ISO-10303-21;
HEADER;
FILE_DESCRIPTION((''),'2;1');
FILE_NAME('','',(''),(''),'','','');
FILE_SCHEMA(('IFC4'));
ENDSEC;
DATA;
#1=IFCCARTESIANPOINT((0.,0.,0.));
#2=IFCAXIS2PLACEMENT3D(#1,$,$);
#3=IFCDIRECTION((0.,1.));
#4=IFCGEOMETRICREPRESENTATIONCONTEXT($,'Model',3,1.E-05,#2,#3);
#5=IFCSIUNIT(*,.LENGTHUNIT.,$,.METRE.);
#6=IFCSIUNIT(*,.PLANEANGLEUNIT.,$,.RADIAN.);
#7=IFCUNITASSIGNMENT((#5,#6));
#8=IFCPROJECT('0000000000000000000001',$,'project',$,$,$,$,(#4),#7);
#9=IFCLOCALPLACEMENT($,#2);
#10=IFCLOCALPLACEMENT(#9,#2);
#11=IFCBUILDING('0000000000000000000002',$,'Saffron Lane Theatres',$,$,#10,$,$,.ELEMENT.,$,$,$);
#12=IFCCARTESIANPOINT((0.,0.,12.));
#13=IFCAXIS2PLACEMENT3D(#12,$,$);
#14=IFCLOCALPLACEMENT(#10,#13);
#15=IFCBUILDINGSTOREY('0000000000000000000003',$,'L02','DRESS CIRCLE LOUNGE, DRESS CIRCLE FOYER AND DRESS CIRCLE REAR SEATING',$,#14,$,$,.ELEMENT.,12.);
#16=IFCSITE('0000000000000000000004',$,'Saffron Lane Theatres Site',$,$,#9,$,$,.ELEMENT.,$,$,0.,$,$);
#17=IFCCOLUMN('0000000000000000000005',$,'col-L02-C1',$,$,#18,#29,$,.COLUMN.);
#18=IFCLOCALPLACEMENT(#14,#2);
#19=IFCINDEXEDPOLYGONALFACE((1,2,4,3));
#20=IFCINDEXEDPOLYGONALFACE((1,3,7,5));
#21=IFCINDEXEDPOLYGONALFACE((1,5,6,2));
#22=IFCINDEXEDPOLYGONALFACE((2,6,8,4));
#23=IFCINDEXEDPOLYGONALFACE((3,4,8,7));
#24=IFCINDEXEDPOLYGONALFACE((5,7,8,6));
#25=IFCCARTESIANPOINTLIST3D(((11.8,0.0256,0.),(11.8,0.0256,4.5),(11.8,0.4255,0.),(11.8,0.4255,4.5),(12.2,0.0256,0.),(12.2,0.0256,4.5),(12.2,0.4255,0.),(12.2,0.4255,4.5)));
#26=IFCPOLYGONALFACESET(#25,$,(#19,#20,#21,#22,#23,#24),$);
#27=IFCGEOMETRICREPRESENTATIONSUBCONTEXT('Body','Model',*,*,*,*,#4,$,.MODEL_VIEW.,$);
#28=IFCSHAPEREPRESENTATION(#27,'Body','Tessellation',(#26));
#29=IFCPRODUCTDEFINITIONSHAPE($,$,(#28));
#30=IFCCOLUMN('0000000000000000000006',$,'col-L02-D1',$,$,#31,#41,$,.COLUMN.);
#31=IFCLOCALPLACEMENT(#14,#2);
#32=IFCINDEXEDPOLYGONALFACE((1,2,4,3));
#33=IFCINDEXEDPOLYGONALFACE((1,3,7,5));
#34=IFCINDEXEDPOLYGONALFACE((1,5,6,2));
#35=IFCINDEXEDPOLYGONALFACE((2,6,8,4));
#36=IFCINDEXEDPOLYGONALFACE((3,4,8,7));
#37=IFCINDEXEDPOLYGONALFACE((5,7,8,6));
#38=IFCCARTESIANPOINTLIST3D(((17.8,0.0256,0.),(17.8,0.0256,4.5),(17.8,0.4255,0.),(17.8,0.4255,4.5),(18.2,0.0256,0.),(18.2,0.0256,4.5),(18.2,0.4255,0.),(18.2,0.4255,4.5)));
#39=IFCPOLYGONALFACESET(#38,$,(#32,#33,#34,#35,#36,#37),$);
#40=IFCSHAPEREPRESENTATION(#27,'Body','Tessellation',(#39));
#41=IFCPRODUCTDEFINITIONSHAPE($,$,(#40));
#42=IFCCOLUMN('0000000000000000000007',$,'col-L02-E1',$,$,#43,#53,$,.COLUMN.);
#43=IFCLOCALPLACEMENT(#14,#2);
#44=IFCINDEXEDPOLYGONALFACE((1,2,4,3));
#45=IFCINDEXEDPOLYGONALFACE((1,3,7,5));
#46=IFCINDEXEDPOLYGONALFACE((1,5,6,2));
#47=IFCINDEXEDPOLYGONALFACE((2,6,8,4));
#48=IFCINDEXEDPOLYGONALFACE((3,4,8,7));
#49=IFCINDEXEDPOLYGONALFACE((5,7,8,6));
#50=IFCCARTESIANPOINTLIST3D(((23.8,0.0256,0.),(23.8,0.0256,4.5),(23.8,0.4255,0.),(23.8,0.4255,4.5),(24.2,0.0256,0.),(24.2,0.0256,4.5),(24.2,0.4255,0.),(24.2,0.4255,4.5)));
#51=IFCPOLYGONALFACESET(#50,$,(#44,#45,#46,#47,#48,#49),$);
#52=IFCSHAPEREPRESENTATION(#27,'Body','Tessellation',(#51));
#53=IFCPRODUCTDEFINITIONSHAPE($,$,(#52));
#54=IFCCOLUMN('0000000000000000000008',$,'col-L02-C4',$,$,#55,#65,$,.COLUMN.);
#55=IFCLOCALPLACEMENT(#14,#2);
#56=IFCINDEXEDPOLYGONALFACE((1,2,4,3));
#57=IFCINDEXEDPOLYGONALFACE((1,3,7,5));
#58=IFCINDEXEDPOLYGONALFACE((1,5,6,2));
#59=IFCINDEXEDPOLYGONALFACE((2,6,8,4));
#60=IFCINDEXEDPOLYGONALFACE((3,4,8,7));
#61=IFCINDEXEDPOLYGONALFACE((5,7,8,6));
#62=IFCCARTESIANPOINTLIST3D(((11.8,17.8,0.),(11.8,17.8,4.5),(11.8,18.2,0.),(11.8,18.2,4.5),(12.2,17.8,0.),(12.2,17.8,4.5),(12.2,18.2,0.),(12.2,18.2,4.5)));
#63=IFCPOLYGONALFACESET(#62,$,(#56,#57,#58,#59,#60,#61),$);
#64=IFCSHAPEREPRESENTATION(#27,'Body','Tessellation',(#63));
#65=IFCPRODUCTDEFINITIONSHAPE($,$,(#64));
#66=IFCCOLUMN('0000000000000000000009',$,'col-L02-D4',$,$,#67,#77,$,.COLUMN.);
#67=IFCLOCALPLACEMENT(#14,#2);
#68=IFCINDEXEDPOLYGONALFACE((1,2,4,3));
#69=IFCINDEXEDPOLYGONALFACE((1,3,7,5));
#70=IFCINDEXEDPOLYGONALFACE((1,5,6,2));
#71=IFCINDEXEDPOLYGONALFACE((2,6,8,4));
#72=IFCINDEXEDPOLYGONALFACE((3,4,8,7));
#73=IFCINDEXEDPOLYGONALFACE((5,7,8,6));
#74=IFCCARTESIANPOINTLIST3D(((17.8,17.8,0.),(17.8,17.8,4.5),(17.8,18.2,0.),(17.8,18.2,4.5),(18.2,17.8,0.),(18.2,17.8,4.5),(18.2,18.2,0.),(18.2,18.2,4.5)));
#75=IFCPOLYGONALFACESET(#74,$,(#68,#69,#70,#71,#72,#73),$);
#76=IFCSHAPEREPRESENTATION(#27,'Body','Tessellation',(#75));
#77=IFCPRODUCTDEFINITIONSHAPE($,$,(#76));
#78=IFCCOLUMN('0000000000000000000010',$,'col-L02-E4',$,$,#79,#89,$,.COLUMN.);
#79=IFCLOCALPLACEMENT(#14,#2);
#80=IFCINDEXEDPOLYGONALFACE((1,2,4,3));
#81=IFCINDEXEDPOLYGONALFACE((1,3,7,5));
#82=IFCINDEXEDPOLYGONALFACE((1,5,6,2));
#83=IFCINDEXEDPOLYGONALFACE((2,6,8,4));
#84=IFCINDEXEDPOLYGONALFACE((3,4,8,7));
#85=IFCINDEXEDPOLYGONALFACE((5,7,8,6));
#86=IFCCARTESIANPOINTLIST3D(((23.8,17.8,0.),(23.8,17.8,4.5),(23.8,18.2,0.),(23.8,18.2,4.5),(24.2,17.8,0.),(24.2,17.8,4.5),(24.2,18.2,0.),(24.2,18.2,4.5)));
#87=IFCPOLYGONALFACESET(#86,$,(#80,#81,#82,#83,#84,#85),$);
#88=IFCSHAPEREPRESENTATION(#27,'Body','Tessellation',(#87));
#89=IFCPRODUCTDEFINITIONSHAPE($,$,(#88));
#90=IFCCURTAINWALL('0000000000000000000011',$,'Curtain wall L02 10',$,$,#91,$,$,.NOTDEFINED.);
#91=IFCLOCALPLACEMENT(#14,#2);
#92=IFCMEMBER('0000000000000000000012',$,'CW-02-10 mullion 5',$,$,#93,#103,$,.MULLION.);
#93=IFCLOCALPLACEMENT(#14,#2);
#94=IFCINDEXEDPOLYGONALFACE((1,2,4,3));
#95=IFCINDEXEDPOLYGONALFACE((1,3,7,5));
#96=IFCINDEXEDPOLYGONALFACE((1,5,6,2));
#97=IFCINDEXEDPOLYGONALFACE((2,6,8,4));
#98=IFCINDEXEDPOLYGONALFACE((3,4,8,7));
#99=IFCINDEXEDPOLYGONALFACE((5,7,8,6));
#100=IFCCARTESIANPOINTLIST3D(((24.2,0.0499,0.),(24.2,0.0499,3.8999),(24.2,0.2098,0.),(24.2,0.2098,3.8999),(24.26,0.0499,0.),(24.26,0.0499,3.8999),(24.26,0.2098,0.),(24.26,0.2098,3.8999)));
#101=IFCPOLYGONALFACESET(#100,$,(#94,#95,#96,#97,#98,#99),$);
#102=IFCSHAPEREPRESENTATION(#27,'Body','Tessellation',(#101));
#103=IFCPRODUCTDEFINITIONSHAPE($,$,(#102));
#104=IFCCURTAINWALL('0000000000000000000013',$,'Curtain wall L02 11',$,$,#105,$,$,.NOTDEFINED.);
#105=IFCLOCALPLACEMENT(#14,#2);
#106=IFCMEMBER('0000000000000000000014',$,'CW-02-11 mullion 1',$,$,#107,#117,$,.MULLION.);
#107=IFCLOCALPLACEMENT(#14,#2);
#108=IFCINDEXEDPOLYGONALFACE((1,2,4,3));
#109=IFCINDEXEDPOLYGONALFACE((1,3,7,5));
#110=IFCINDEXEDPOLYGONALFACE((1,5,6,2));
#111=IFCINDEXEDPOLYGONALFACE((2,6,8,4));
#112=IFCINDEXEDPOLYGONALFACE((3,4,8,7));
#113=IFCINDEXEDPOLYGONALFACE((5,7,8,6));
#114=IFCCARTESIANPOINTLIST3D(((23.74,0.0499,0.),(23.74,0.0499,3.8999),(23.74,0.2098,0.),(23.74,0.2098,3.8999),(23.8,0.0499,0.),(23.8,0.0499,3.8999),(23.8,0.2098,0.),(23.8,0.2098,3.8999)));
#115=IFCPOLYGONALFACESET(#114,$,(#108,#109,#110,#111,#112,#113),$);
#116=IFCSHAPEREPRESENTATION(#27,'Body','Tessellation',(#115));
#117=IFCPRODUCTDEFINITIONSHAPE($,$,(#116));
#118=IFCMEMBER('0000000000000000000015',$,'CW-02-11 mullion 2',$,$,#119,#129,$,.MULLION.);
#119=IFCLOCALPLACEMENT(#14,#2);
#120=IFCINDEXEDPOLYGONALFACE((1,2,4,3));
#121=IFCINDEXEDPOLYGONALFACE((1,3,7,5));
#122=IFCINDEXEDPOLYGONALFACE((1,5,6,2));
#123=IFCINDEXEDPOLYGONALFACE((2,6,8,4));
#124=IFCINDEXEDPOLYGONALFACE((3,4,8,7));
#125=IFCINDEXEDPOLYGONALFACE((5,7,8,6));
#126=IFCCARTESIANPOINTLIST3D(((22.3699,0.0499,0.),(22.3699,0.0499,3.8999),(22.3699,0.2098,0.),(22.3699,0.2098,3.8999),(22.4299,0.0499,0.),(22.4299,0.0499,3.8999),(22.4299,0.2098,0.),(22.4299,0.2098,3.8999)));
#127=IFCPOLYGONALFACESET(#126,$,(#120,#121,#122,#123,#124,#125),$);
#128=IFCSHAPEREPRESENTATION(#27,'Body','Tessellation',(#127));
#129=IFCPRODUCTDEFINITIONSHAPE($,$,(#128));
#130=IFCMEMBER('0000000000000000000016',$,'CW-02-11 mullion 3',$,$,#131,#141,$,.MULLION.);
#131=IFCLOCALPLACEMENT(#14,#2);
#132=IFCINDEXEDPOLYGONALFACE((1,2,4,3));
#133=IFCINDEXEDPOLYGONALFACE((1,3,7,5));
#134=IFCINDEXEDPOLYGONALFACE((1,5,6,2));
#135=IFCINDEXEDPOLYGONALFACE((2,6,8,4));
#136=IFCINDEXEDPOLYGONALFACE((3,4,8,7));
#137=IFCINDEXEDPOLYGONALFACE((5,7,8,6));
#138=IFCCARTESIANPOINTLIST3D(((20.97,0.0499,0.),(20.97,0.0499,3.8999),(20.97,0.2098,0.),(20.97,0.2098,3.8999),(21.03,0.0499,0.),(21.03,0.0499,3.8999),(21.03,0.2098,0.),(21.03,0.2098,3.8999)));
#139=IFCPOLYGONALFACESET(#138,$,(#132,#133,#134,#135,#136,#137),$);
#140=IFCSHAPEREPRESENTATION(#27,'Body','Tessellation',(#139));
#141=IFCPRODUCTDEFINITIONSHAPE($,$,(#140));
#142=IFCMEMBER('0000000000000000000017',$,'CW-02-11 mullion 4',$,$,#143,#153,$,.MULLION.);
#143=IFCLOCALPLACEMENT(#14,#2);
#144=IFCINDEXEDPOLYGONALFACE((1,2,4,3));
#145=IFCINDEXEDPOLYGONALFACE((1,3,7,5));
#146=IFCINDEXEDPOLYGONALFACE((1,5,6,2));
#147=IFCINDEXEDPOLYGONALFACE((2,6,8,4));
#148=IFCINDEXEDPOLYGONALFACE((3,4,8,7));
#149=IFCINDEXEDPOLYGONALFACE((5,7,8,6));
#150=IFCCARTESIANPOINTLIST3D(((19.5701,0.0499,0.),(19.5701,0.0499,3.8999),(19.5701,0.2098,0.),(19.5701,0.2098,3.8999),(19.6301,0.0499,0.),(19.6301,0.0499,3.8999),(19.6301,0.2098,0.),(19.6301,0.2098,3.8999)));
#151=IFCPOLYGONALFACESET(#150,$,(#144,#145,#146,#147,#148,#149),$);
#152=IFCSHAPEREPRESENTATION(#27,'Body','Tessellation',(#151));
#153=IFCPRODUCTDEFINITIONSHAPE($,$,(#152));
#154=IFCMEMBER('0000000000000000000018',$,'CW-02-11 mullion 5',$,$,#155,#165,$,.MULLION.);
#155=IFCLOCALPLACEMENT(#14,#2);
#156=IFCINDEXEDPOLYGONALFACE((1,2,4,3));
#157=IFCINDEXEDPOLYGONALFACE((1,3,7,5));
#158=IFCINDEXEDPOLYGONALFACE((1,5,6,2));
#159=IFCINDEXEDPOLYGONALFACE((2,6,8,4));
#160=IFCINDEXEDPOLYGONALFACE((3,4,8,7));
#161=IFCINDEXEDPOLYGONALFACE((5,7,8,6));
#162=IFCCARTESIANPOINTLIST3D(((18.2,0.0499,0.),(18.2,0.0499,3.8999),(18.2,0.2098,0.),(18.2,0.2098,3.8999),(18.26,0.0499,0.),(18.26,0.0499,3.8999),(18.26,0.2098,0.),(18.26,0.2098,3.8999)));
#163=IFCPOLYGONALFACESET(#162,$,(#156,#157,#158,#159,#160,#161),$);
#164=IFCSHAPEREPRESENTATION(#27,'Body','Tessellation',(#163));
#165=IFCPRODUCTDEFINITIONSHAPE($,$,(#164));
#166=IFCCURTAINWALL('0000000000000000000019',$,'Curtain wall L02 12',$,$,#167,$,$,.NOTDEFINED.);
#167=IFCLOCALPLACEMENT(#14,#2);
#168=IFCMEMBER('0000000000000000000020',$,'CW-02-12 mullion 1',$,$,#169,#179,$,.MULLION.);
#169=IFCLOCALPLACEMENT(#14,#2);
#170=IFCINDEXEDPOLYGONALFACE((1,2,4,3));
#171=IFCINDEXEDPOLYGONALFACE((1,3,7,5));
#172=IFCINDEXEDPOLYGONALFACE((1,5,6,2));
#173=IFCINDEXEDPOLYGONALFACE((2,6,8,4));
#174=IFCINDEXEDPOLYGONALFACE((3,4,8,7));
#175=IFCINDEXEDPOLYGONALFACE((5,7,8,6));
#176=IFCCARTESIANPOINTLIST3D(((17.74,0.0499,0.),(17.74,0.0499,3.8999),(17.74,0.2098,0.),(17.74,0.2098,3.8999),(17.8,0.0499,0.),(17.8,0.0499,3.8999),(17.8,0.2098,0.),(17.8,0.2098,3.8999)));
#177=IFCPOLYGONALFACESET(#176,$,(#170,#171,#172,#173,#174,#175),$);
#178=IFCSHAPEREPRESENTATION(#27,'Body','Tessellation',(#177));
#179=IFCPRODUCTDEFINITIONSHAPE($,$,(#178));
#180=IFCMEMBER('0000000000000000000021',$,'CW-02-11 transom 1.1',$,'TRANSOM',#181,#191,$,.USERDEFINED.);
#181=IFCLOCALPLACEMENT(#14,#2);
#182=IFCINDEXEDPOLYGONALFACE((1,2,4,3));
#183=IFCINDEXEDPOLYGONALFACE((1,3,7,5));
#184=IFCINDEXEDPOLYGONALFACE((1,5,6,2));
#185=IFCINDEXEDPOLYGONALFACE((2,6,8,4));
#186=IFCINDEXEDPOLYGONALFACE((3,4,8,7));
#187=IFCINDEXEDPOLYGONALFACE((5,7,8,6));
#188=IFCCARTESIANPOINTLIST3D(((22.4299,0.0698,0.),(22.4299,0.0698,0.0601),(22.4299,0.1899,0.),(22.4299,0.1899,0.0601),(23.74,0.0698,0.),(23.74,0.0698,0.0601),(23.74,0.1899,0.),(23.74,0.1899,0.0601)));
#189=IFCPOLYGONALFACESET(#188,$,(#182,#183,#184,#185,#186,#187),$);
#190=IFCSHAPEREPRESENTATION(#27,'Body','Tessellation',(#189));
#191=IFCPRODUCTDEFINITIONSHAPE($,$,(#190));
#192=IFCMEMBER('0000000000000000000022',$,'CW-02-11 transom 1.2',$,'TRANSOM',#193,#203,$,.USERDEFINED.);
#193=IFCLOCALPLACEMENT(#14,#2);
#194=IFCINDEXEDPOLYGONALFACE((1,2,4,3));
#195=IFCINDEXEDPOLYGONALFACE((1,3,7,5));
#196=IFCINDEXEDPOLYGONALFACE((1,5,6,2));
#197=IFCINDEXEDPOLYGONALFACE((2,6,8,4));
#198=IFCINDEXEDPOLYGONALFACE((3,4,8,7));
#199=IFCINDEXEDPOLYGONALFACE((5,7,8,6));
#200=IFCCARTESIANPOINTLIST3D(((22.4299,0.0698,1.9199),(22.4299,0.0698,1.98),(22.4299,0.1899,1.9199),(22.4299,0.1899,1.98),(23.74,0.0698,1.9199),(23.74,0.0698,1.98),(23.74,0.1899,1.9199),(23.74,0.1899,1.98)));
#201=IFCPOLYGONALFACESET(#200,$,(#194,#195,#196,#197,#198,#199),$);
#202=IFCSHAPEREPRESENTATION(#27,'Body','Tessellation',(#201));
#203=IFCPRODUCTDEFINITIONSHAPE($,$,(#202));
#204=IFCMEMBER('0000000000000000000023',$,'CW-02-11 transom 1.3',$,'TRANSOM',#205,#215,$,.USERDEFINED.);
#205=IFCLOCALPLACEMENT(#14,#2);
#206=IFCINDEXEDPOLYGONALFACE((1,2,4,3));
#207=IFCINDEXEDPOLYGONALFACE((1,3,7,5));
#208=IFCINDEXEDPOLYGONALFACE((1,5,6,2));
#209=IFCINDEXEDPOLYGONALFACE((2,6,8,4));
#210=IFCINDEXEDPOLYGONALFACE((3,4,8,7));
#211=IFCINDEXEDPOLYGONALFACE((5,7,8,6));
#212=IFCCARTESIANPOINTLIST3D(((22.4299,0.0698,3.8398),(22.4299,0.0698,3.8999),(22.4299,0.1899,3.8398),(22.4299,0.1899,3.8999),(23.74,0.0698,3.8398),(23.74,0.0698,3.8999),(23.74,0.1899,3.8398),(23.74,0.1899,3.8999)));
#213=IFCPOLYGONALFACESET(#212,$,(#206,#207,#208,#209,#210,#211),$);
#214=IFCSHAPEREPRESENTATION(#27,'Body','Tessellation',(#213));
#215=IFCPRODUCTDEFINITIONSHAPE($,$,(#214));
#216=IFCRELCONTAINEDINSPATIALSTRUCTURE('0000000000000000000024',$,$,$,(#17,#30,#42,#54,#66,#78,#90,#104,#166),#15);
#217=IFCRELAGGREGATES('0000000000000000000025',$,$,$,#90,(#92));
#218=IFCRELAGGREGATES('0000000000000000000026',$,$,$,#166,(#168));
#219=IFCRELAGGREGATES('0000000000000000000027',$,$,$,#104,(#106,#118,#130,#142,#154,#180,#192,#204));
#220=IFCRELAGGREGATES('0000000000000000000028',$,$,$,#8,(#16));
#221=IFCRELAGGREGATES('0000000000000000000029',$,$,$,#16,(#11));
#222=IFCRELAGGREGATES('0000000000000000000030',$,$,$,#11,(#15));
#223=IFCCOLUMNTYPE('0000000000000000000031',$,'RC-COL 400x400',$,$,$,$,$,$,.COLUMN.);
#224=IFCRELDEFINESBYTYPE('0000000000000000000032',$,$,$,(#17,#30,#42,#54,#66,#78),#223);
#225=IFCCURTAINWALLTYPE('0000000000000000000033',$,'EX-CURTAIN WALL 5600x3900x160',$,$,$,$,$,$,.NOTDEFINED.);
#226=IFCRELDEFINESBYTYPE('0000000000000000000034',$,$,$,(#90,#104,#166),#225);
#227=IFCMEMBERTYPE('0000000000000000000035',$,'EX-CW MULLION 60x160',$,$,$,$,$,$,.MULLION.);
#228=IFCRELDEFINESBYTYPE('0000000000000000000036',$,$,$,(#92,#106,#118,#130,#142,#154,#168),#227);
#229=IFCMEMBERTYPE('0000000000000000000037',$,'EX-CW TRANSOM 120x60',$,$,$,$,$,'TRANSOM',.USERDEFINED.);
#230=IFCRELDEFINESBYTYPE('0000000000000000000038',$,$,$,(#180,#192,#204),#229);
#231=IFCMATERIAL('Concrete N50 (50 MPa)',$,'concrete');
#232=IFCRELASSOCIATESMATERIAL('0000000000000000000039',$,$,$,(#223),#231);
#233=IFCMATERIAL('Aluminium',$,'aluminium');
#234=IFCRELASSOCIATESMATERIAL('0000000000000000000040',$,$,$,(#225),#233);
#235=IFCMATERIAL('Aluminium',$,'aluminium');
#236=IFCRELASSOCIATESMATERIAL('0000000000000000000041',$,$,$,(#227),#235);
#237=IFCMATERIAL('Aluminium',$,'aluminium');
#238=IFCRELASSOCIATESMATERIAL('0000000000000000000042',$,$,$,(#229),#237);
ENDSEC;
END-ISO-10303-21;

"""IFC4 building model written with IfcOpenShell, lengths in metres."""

from ifc_helpers import new_model, si_unit, direction, frame, origin, origin_2d, place, context, subcontext, project, spatial, rectangle, extrude, material, material_profile, profile_set, type_object, element, aggregate, save


model = new_model("IFC4")

# Units and contexts
model_context = context("Model", 3, precision=1e-05, world=origin(), true_north=direction((0.0, 1.0)))
body_context = subcontext(model_context, "Body", "Model", "MODEL_VIEW")
ifc_project = project(units=[si_unit("LENGTHUNIT", "METRE"), si_unit("PLANEANGLEUNIT", "RADIAN")], contexts=[model_context])

# Site, building, storey
site_placement = place(None, origin())
site = spatial("IfcSite", under=ifc_project, at=site_placement, Name="Saffron Lane Theatres Site", CompositionType="ELEMENT", RefElevation=0.0)
building_placement = place(site_placement, origin())
building = spatial("IfcBuilding", under=site, at=building_placement, Name="Saffron Lane Theatres", CompositionType="ELEMENT")
storey_placement = place(building_placement, frame((0.0, 0.0, 12.0)))
storey = spatial("IfcBuildingStorey", under=building, at=storey_placement, Name="L02", Description="DRESS CIRCLE LOUNGE, DRESS CIRCLE FOYER AND DRESS CIRCLE REAR SEATING", CompositionType="ELEMENT", Elevation=12.0)

# Columns
ifc_material_1 = material(Name="Concrete N50 (50 MPa)", Category="concrete")
ifc_material_profile_1 = material_profile(ifc_material_1, rectangle(XDim=0.3999, YDim=0.3999, at=origin_2d()))
ifc_profile_set_1 = profile_set([ifc_material_profile_1], Name="Concrete N50 (50 MPa)")
column_type = type_object("IfcColumnType", Name="RC-COL 400x400", PredefinedType="COLUMN", material=ifc_profile_set_1)
for number, where, z_axis, x_axis, name in (
    (1, (12.0, 0.2256, 0.0), (0.0, 0.0, 1.0), (1.0, 0.0, 0.0), "col-L02-C1"),
    (2, (18.0, 0.2256, 0.0), (0.0, 0.0, 1.0), (1.0, 0.0, 0.0), "col-L02-D1"),
    (3, (24.0, 0.2256, 0.0), (0.0, 0.0, 1.0), (1.0, 0.0, 0.0), "col-L02-E1"),
    (4, (12.0, 18.0, 0.0), (0.0, 0.0, 1.0), (1.0, 0.0, 0.0), "col-L02-C4"),
    (5, (18.0, 18.0, 0.0), (0.0, 0.0, 1.0), (1.0, 0.0, 0.0), "col-L02-D4"),
    (6, (24.0, 18.0, 0.0), (0.0, 0.0, 1.0), (1.0, 0.0, 0.0), "col-L02-E4"),
):
    element("IfcColumn", number, at=place(storey_placement, frame(where, z_axis=z_axis, x_axis=x_axis)), inside=storey, type_object=column_type, Name=name, PredefinedType="COLUMN", context=body_context, shape_type="SweptSolid", body=[
        extrude(rectangle(XDim=0.3999, YDim=0.3999, at=origin_2d()), origin(), (0.0, 0.0, 1.0), 4.5),
    ])

# Curtain wall, member
ifc_material_2 = material(Name="Aluminium", Category="aluminium")
curtain_wall_type = type_object("IfcCurtainWallType", Name="EX-CURTAIN WALL 5600x3900x160", PredefinedType="NOTDEFINED", material=ifc_material_2)
curtain_wall_1_placement = place(storey_placement, origin())
curtain_wall_1 = element("IfcCurtainWall", 7, at=curtain_wall_1_placement, inside=storey, type_object=curtain_wall_type, Name="Curtain wall L02 10", PredefinedType="NOTDEFINED")
ifc_material_3 = material(Name="Aluminium", Category="aluminium")
ifc_material_profile_2 = material_profile(ifc_material_3, rectangle(XDim=0.0601, YDim=0.1599, at=origin_2d()))
ifc_profile_set_2 = profile_set([ifc_material_profile_2], Name="Aluminium")
member_type_1 = type_object("IfcMemberType", Name="EX-CW MULLION 60x160", PredefinedType="MULLION", material=ifc_profile_set_2)
member_1_placement = place(storey_placement, frame((24.23, 0.1299, 0.0), z_axis=(0.0, 0.0, 1.0), x_axis=(-1.0, 0.0, 0.0)))
member_1 = element("IfcMember", 8, at=member_1_placement, type_object=member_type_1, Name="CW-02-10 mullion 5", PredefinedType="MULLION", context=body_context, shape_type="SweptSolid", body=[
    extrude(rectangle(XDim=0.0601, YDim=0.1599, at=origin_2d()), origin(), (0.0, 0.0, 1.0), 3.8999),
])
aggregate(curtain_wall_1, [member_1])

# Curtain wall, members
curtain_wall_2_placement = place(storey_placement, origin())
curtain_wall_2 = element("IfcCurtainWall", 9, at=curtain_wall_2_placement, inside=storey, type_object=curtain_wall_type, Name="Curtain wall L02 11", PredefinedType="NOTDEFINED")
member_2_placement = place(storey_placement, frame((23.77, 0.1299, 0.0), z_axis=(0.0, 0.0, 1.0), x_axis=(-1.0, 0.0, 0.0)))
member_2 = element("IfcMember", 10, at=member_2_placement, type_object=member_type_1, Name="CW-02-11 mullion 1", PredefinedType="MULLION", context=body_context, shape_type="SweptSolid", body=[
    extrude(rectangle(XDim=0.0601, YDim=0.1599, at=origin_2d()), origin(), (0.0, 0.0, 1.0), 3.8999),
])
member_3_placement = place(storey_placement, frame((22.3999, 0.1299, 0.0), z_axis=(0.0, 0.0, 1.0), x_axis=(-1.0, 0.0, 0.0)))
member_3 = element("IfcMember", 11, at=member_3_placement, type_object=member_type_1, Name="CW-02-11 mullion 2", PredefinedType="MULLION", context=body_context, shape_type="SweptSolid", body=[
    extrude(rectangle(XDim=0.0601, YDim=0.1599, at=origin_2d()), origin(), (0.0, 0.0, 1.0), 3.8999),
])
member_4_placement = place(storey_placement, frame((21.0, 0.1299, 0.0), z_axis=(0.0, 0.0, 1.0), x_axis=(-1.0, 0.0, 0.0)))
member_4 = element("IfcMember", 12, at=member_4_placement, type_object=member_type_1, Name="CW-02-11 mullion 3", PredefinedType="MULLION", context=body_context, shape_type="SweptSolid", body=[
    extrude(rectangle(XDim=0.0601, YDim=0.1599, at=origin_2d()), origin(), (0.0, 0.0, 1.0), 3.8999),
])
member_5_placement = place(storey_placement, frame((19.6001, 0.1299, 0.0), z_axis=(0.0, 0.0, 1.0), x_axis=(-1.0, 0.0, 0.0)))
member_5 = element("IfcMember", 13, at=member_5_placement, type_object=member_type_1, Name="CW-02-11 mullion 4", PredefinedType="MULLION", context=body_context, shape_type="SweptSolid", body=[
    extrude(rectangle(XDim=0.0601, YDim=0.1599, at=origin_2d()), origin(), (0.0, 0.0, 1.0), 3.8999),
])
member_6_placement = place(storey_placement, frame((18.23, 0.1299, 0.0), z_axis=(0.0, 0.0, 1.0), x_axis=(-1.0, 0.0, 0.0)))
member_6 = element("IfcMember", 14, at=member_6_placement, type_object=member_type_1, Name="CW-02-11 mullion 5", PredefinedType="MULLION", context=body_context, shape_type="SweptSolid", body=[
    extrude(rectangle(XDim=0.0601, YDim=0.1599, at=origin_2d()), origin(), (0.0, 0.0, 1.0), 3.8999),
])

# Curtain wall, member
curtain_wall_3_placement = place(storey_placement, origin())
curtain_wall_3 = element("IfcCurtainWall", 15, at=curtain_wall_3_placement, inside=storey, type_object=curtain_wall_type, Name="Curtain wall L02 12", PredefinedType="NOTDEFINED")
member_7_placement = place(storey_placement, frame((17.77, 0.1299, 0.0), z_axis=(0.0, 0.0, 1.0), x_axis=(-1.0, 0.0, 0.0)))
member_7 = element("IfcMember", 16, at=member_7_placement, type_object=member_type_1, Name="CW-02-12 mullion 1", PredefinedType="MULLION", context=body_context, shape_type="SweptSolid", body=[
    extrude(rectangle(XDim=0.0601, YDim=0.1599, at=origin_2d()), origin(), (0.0, 0.0, 1.0), 3.8999),
])

# Members
ifc_material_4 = material(Name="Aluminium", Category="aluminium")
ifc_material_profile_3 = material_profile(ifc_material_4, rectangle(XDim=0.1201, YDim=0.0601, at=origin_2d()))
ifc_profile_set_3 = profile_set([ifc_material_profile_3], Name="Aluminium")
member_type_2 = type_object("IfcMemberType", Name="EX-CW TRANSOM 120x60", ElementType="TRANSOM", PredefinedType="USERDEFINED", material=ifc_profile_set_3)
member_8_placement = place(storey_placement, frame((23.74, 0.1299, 0.03), z_axis=(-1.0, 0.0, 0.0), x_axis=(0.0, -1.0, 0.0)))
member_8 = element("IfcMember", 17, at=member_8_placement, type_object=member_type_2, Name="CW-02-11 transom 1.1", ObjectType="TRANSOM", PredefinedType="USERDEFINED", context=body_context, shape_type="SweptSolid", body=[
    extrude(rectangle(XDim=0.1201, YDim=0.0601, at=origin_2d()), origin(), (0.0, 0.0, 1.0), 1.3101),
])
member_9_placement = place(storey_placement, frame((23.74, 0.1299, 1.95), z_axis=(-1.0, 0.0, 0.0), x_axis=(0.0, -1.0, 0.0)))
member_9 = element("IfcMember", 18, at=member_9_placement, type_object=member_type_2, Name="CW-02-11 transom 1.2", ObjectType="TRANSOM", PredefinedType="USERDEFINED", context=body_context, shape_type="SweptSolid", body=[
    extrude(rectangle(XDim=0.1201, YDim=0.0601, at=origin_2d()), origin(), (0.0, 0.0, 1.0), 1.3101),
])
member_10_placement = place(storey_placement, frame((23.74, 0.1299, 3.8699), z_axis=(-1.0, 0.0, 0.0), x_axis=(0.0, -1.0, 0.0)))
member_10 = element("IfcMember", 19, at=member_10_placement, type_object=member_type_2, Name="CW-02-11 transom 1.3", ObjectType="TRANSOM", PredefinedType="USERDEFINED", context=body_context, shape_type="SweptSolid", body=[
    extrude(rectangle(XDim=0.1201, YDim=0.0601, at=origin_2d()), origin(), (0.0, 0.0, 1.0), 1.3101),
])
aggregate(curtain_wall_3, [member_7])

aggregate(curtain_wall_2, [member_2, member_3, member_4, member_5, member_6, member_8, member_9, member_10])

save(model, "model.ifc")
